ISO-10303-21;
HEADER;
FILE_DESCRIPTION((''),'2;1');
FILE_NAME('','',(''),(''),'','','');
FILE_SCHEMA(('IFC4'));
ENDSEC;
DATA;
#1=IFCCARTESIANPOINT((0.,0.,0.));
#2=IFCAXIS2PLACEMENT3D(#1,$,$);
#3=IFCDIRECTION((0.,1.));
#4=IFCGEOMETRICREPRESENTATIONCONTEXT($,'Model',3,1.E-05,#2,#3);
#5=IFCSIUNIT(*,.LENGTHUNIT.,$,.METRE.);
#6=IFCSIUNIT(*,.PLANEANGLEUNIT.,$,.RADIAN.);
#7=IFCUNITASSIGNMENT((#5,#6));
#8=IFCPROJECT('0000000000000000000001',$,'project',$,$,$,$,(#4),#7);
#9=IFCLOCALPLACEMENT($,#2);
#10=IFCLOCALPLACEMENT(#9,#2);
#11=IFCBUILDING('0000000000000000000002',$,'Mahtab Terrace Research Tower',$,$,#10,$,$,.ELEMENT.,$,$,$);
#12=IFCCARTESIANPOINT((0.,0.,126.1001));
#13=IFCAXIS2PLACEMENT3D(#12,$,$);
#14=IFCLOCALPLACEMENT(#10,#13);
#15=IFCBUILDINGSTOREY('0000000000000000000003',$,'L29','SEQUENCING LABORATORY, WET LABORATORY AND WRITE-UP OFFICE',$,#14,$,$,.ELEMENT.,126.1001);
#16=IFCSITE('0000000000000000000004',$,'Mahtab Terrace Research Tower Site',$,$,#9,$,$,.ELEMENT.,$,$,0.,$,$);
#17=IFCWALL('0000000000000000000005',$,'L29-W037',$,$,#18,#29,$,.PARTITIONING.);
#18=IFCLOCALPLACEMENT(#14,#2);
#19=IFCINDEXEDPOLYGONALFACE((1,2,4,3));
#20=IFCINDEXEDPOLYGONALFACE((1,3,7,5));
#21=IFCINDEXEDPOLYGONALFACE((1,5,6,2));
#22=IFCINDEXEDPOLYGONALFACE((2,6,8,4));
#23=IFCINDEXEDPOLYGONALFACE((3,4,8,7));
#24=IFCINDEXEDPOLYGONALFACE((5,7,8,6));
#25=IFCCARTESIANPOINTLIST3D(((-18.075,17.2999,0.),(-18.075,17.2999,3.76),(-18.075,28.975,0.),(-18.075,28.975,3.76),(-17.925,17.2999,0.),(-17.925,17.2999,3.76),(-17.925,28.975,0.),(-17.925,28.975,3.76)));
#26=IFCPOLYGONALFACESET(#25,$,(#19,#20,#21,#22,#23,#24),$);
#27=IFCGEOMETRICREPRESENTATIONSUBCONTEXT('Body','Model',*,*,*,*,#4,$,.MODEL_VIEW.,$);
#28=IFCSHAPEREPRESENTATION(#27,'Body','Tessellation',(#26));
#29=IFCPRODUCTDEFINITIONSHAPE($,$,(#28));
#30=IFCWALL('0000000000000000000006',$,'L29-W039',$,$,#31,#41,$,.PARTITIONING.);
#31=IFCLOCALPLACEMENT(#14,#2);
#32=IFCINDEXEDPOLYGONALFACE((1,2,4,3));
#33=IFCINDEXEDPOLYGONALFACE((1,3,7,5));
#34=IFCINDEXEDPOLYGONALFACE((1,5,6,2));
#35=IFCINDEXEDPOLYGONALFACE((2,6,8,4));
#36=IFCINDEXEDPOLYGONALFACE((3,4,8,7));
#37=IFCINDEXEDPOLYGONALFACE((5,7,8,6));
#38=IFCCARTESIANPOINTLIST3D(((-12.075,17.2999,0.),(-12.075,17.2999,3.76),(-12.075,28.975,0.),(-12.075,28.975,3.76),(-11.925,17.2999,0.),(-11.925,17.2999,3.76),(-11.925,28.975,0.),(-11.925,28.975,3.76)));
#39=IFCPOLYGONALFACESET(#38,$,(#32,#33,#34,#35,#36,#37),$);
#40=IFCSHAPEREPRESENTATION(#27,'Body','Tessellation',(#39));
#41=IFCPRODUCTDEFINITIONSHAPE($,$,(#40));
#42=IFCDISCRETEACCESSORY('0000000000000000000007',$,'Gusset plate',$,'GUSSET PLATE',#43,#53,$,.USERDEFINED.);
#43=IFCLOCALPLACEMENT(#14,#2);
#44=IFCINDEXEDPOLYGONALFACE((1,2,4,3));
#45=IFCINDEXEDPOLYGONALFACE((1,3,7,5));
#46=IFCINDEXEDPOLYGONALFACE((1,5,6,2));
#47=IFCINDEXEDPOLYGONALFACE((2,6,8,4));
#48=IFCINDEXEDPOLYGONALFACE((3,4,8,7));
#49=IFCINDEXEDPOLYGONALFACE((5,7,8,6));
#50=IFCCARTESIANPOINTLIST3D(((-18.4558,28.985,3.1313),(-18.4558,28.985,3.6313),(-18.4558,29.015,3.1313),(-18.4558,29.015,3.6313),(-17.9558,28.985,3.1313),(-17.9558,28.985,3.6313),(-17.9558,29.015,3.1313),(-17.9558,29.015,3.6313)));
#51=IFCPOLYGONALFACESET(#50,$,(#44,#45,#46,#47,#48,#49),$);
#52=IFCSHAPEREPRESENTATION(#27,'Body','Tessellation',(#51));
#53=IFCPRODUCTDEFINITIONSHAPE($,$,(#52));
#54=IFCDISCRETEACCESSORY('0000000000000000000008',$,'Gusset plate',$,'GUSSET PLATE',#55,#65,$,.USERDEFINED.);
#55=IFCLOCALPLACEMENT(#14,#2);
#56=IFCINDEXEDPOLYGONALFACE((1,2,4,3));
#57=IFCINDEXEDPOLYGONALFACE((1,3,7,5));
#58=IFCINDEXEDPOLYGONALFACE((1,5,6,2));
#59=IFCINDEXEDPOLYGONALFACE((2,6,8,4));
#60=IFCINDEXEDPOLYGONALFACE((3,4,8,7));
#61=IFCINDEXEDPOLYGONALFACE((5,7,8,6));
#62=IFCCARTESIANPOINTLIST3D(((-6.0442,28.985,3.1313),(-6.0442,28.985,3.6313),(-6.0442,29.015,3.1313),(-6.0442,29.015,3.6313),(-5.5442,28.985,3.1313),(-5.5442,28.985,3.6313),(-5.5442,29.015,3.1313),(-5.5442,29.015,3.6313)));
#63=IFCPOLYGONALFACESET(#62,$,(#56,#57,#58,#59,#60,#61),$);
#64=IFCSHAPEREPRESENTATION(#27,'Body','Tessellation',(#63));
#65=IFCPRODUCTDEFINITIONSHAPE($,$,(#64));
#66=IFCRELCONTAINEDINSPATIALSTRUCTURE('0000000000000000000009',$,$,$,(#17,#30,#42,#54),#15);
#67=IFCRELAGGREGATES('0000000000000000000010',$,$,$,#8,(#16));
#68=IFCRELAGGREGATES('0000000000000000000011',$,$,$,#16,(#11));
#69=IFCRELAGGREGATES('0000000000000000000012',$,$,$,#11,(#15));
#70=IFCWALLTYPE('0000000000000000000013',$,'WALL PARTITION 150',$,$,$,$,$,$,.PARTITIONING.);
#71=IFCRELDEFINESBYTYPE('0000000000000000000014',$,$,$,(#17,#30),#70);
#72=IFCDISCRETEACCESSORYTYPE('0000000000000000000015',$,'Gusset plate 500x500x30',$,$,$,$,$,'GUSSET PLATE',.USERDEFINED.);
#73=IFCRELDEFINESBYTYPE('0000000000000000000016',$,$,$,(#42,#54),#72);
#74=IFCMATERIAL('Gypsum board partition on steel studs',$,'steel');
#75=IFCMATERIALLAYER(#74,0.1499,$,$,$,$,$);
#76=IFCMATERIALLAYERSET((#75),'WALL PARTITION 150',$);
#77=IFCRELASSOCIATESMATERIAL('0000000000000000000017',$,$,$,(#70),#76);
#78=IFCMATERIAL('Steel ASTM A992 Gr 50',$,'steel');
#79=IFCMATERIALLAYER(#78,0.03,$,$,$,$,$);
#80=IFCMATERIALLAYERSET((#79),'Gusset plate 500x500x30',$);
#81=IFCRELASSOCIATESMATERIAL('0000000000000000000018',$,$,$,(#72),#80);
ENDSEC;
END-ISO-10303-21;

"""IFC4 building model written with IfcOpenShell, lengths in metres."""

from ifc_helpers import new_model, si_unit, direction, frame, frame_2d, origin, origin_2d, place, context, subcontext, project, spatial, rectangle, extrude, material, layer, layer_set, type_object, element, save


model = new_model("IFC4")

# Units and contexts
model_context = context("Model", 3, precision=1e-05, world=origin(), true_north=direction((0.0, 1.0)))
body_context = subcontext(model_context, "Body", "Model", "MODEL_VIEW")
ifc_project = project(units=[si_unit("LENGTHUNIT", "METRE"), si_unit("PLANEANGLEUNIT", "RADIAN")], contexts=[model_context])

# Site, building, storey
site_placement = place(None, origin())
site = spatial("IfcSite", under=ifc_project, at=site_placement, Name="Mahtab Terrace Research Tower Site", CompositionType="ELEMENT", RefElevation=0.0)
building_placement = place(site_placement, origin())
building = spatial("IfcBuilding", under=site, at=building_placement, Name="Mahtab Terrace Research Tower", CompositionType="ELEMENT")
storey_placement = place(building_placement, frame((0.0, 0.0, 126.1001)))
storey = spatial("IfcBuildingStorey", under=building, at=storey_placement, Name="L29", Description="SEQUENCING LABORATORY, WET LABORATORY AND WRITE-UP OFFICE", CompositionType="ELEMENT", Elevation=126.1001)

# Shared definitions
ifc_material_1 = material(Name="Steel ASTM A992 Gr 50", Category="steel")

# Walls
ifc_material_2 = material(Name="Gypsum board partition on steel studs", Category="steel")
ifc_layer_1 = layer(ifc_material_2, 0.1499)
ifc_layer_set_1 = layer_set([ifc_layer_1], Name="WALL PARTITION 150")
wall_type_1 = type_object("IfcWallType", Name="WALL PARTITION 150", PredefinedType="PARTITIONING", material=ifc_layer_set_1)
for number, where, z_axis, x_axis, name in (
    (1, (-18.0, 17.3, 0.0), (0.0, 0.0, 1.0), (0.0, 1.0, 0.0), "L29-W037"),
    (2, (-12.0, 17.3, 0.0), (0.0, 0.0, 1.0), (0.0, 1.0, 0.0), "L29-W039"),
):
    element("IfcWall", number, at=place(storey_placement, frame(where, z_axis=z_axis, x_axis=x_axis)), inside=storey, type_object=wall_type_1, Name=name, PredefinedType="PARTITIONING", context=body_context, shape_type="SweptSolid", body=[
        extrude(rectangle(XDim=11.675, YDim=0.1499, at=frame_2d((5.8374, 0.0))), origin(), (0.0, 0.0, 1.0), 3.76),
    ])

# Discrete accessories
ifc_layer_2 = layer(ifc_material_1, 0.03)
ifc_layer_set_2 = layer_set([ifc_layer_2], Name="Gusset plate 500x500x30")
discrete_accessory_type = type_object("IfcDiscreteAccessoryType", Name="Gusset plate 500x500x30", ElementType="GUSSET PLATE", PredefinedType="USERDEFINED", material=ifc_layer_set_2)
for number, where, z_axis, x_axis, name in (
    (3, (-18.2058, 29.0, 3.1313), (0.0, 0.0, 1.0), (1.0, 0.0, 0.0), "Gusset plate"),
    (4, (-5.7942, 29.0, 3.1313), (0.0, 0.0, 1.0), (1.0, 0.0, 0.0), "Gusset plate"),
):
    element("IfcDiscreteAccessory", number, at=place(storey_placement, frame(where, z_axis=z_axis, x_axis=x_axis)), inside=storey, type_object=discrete_accessory_type, Name=name, ObjectType="GUSSET PLATE", PredefinedType="USERDEFINED", context=body_context, shape_type="SweptSolid", body=[
        extrude(rectangle(XDim=0.5, YDim=0.03, at=origin_2d()), origin(), (0.0, 0.0, 1.0), 0.5),
    ])

save(model, "model.ifc")
